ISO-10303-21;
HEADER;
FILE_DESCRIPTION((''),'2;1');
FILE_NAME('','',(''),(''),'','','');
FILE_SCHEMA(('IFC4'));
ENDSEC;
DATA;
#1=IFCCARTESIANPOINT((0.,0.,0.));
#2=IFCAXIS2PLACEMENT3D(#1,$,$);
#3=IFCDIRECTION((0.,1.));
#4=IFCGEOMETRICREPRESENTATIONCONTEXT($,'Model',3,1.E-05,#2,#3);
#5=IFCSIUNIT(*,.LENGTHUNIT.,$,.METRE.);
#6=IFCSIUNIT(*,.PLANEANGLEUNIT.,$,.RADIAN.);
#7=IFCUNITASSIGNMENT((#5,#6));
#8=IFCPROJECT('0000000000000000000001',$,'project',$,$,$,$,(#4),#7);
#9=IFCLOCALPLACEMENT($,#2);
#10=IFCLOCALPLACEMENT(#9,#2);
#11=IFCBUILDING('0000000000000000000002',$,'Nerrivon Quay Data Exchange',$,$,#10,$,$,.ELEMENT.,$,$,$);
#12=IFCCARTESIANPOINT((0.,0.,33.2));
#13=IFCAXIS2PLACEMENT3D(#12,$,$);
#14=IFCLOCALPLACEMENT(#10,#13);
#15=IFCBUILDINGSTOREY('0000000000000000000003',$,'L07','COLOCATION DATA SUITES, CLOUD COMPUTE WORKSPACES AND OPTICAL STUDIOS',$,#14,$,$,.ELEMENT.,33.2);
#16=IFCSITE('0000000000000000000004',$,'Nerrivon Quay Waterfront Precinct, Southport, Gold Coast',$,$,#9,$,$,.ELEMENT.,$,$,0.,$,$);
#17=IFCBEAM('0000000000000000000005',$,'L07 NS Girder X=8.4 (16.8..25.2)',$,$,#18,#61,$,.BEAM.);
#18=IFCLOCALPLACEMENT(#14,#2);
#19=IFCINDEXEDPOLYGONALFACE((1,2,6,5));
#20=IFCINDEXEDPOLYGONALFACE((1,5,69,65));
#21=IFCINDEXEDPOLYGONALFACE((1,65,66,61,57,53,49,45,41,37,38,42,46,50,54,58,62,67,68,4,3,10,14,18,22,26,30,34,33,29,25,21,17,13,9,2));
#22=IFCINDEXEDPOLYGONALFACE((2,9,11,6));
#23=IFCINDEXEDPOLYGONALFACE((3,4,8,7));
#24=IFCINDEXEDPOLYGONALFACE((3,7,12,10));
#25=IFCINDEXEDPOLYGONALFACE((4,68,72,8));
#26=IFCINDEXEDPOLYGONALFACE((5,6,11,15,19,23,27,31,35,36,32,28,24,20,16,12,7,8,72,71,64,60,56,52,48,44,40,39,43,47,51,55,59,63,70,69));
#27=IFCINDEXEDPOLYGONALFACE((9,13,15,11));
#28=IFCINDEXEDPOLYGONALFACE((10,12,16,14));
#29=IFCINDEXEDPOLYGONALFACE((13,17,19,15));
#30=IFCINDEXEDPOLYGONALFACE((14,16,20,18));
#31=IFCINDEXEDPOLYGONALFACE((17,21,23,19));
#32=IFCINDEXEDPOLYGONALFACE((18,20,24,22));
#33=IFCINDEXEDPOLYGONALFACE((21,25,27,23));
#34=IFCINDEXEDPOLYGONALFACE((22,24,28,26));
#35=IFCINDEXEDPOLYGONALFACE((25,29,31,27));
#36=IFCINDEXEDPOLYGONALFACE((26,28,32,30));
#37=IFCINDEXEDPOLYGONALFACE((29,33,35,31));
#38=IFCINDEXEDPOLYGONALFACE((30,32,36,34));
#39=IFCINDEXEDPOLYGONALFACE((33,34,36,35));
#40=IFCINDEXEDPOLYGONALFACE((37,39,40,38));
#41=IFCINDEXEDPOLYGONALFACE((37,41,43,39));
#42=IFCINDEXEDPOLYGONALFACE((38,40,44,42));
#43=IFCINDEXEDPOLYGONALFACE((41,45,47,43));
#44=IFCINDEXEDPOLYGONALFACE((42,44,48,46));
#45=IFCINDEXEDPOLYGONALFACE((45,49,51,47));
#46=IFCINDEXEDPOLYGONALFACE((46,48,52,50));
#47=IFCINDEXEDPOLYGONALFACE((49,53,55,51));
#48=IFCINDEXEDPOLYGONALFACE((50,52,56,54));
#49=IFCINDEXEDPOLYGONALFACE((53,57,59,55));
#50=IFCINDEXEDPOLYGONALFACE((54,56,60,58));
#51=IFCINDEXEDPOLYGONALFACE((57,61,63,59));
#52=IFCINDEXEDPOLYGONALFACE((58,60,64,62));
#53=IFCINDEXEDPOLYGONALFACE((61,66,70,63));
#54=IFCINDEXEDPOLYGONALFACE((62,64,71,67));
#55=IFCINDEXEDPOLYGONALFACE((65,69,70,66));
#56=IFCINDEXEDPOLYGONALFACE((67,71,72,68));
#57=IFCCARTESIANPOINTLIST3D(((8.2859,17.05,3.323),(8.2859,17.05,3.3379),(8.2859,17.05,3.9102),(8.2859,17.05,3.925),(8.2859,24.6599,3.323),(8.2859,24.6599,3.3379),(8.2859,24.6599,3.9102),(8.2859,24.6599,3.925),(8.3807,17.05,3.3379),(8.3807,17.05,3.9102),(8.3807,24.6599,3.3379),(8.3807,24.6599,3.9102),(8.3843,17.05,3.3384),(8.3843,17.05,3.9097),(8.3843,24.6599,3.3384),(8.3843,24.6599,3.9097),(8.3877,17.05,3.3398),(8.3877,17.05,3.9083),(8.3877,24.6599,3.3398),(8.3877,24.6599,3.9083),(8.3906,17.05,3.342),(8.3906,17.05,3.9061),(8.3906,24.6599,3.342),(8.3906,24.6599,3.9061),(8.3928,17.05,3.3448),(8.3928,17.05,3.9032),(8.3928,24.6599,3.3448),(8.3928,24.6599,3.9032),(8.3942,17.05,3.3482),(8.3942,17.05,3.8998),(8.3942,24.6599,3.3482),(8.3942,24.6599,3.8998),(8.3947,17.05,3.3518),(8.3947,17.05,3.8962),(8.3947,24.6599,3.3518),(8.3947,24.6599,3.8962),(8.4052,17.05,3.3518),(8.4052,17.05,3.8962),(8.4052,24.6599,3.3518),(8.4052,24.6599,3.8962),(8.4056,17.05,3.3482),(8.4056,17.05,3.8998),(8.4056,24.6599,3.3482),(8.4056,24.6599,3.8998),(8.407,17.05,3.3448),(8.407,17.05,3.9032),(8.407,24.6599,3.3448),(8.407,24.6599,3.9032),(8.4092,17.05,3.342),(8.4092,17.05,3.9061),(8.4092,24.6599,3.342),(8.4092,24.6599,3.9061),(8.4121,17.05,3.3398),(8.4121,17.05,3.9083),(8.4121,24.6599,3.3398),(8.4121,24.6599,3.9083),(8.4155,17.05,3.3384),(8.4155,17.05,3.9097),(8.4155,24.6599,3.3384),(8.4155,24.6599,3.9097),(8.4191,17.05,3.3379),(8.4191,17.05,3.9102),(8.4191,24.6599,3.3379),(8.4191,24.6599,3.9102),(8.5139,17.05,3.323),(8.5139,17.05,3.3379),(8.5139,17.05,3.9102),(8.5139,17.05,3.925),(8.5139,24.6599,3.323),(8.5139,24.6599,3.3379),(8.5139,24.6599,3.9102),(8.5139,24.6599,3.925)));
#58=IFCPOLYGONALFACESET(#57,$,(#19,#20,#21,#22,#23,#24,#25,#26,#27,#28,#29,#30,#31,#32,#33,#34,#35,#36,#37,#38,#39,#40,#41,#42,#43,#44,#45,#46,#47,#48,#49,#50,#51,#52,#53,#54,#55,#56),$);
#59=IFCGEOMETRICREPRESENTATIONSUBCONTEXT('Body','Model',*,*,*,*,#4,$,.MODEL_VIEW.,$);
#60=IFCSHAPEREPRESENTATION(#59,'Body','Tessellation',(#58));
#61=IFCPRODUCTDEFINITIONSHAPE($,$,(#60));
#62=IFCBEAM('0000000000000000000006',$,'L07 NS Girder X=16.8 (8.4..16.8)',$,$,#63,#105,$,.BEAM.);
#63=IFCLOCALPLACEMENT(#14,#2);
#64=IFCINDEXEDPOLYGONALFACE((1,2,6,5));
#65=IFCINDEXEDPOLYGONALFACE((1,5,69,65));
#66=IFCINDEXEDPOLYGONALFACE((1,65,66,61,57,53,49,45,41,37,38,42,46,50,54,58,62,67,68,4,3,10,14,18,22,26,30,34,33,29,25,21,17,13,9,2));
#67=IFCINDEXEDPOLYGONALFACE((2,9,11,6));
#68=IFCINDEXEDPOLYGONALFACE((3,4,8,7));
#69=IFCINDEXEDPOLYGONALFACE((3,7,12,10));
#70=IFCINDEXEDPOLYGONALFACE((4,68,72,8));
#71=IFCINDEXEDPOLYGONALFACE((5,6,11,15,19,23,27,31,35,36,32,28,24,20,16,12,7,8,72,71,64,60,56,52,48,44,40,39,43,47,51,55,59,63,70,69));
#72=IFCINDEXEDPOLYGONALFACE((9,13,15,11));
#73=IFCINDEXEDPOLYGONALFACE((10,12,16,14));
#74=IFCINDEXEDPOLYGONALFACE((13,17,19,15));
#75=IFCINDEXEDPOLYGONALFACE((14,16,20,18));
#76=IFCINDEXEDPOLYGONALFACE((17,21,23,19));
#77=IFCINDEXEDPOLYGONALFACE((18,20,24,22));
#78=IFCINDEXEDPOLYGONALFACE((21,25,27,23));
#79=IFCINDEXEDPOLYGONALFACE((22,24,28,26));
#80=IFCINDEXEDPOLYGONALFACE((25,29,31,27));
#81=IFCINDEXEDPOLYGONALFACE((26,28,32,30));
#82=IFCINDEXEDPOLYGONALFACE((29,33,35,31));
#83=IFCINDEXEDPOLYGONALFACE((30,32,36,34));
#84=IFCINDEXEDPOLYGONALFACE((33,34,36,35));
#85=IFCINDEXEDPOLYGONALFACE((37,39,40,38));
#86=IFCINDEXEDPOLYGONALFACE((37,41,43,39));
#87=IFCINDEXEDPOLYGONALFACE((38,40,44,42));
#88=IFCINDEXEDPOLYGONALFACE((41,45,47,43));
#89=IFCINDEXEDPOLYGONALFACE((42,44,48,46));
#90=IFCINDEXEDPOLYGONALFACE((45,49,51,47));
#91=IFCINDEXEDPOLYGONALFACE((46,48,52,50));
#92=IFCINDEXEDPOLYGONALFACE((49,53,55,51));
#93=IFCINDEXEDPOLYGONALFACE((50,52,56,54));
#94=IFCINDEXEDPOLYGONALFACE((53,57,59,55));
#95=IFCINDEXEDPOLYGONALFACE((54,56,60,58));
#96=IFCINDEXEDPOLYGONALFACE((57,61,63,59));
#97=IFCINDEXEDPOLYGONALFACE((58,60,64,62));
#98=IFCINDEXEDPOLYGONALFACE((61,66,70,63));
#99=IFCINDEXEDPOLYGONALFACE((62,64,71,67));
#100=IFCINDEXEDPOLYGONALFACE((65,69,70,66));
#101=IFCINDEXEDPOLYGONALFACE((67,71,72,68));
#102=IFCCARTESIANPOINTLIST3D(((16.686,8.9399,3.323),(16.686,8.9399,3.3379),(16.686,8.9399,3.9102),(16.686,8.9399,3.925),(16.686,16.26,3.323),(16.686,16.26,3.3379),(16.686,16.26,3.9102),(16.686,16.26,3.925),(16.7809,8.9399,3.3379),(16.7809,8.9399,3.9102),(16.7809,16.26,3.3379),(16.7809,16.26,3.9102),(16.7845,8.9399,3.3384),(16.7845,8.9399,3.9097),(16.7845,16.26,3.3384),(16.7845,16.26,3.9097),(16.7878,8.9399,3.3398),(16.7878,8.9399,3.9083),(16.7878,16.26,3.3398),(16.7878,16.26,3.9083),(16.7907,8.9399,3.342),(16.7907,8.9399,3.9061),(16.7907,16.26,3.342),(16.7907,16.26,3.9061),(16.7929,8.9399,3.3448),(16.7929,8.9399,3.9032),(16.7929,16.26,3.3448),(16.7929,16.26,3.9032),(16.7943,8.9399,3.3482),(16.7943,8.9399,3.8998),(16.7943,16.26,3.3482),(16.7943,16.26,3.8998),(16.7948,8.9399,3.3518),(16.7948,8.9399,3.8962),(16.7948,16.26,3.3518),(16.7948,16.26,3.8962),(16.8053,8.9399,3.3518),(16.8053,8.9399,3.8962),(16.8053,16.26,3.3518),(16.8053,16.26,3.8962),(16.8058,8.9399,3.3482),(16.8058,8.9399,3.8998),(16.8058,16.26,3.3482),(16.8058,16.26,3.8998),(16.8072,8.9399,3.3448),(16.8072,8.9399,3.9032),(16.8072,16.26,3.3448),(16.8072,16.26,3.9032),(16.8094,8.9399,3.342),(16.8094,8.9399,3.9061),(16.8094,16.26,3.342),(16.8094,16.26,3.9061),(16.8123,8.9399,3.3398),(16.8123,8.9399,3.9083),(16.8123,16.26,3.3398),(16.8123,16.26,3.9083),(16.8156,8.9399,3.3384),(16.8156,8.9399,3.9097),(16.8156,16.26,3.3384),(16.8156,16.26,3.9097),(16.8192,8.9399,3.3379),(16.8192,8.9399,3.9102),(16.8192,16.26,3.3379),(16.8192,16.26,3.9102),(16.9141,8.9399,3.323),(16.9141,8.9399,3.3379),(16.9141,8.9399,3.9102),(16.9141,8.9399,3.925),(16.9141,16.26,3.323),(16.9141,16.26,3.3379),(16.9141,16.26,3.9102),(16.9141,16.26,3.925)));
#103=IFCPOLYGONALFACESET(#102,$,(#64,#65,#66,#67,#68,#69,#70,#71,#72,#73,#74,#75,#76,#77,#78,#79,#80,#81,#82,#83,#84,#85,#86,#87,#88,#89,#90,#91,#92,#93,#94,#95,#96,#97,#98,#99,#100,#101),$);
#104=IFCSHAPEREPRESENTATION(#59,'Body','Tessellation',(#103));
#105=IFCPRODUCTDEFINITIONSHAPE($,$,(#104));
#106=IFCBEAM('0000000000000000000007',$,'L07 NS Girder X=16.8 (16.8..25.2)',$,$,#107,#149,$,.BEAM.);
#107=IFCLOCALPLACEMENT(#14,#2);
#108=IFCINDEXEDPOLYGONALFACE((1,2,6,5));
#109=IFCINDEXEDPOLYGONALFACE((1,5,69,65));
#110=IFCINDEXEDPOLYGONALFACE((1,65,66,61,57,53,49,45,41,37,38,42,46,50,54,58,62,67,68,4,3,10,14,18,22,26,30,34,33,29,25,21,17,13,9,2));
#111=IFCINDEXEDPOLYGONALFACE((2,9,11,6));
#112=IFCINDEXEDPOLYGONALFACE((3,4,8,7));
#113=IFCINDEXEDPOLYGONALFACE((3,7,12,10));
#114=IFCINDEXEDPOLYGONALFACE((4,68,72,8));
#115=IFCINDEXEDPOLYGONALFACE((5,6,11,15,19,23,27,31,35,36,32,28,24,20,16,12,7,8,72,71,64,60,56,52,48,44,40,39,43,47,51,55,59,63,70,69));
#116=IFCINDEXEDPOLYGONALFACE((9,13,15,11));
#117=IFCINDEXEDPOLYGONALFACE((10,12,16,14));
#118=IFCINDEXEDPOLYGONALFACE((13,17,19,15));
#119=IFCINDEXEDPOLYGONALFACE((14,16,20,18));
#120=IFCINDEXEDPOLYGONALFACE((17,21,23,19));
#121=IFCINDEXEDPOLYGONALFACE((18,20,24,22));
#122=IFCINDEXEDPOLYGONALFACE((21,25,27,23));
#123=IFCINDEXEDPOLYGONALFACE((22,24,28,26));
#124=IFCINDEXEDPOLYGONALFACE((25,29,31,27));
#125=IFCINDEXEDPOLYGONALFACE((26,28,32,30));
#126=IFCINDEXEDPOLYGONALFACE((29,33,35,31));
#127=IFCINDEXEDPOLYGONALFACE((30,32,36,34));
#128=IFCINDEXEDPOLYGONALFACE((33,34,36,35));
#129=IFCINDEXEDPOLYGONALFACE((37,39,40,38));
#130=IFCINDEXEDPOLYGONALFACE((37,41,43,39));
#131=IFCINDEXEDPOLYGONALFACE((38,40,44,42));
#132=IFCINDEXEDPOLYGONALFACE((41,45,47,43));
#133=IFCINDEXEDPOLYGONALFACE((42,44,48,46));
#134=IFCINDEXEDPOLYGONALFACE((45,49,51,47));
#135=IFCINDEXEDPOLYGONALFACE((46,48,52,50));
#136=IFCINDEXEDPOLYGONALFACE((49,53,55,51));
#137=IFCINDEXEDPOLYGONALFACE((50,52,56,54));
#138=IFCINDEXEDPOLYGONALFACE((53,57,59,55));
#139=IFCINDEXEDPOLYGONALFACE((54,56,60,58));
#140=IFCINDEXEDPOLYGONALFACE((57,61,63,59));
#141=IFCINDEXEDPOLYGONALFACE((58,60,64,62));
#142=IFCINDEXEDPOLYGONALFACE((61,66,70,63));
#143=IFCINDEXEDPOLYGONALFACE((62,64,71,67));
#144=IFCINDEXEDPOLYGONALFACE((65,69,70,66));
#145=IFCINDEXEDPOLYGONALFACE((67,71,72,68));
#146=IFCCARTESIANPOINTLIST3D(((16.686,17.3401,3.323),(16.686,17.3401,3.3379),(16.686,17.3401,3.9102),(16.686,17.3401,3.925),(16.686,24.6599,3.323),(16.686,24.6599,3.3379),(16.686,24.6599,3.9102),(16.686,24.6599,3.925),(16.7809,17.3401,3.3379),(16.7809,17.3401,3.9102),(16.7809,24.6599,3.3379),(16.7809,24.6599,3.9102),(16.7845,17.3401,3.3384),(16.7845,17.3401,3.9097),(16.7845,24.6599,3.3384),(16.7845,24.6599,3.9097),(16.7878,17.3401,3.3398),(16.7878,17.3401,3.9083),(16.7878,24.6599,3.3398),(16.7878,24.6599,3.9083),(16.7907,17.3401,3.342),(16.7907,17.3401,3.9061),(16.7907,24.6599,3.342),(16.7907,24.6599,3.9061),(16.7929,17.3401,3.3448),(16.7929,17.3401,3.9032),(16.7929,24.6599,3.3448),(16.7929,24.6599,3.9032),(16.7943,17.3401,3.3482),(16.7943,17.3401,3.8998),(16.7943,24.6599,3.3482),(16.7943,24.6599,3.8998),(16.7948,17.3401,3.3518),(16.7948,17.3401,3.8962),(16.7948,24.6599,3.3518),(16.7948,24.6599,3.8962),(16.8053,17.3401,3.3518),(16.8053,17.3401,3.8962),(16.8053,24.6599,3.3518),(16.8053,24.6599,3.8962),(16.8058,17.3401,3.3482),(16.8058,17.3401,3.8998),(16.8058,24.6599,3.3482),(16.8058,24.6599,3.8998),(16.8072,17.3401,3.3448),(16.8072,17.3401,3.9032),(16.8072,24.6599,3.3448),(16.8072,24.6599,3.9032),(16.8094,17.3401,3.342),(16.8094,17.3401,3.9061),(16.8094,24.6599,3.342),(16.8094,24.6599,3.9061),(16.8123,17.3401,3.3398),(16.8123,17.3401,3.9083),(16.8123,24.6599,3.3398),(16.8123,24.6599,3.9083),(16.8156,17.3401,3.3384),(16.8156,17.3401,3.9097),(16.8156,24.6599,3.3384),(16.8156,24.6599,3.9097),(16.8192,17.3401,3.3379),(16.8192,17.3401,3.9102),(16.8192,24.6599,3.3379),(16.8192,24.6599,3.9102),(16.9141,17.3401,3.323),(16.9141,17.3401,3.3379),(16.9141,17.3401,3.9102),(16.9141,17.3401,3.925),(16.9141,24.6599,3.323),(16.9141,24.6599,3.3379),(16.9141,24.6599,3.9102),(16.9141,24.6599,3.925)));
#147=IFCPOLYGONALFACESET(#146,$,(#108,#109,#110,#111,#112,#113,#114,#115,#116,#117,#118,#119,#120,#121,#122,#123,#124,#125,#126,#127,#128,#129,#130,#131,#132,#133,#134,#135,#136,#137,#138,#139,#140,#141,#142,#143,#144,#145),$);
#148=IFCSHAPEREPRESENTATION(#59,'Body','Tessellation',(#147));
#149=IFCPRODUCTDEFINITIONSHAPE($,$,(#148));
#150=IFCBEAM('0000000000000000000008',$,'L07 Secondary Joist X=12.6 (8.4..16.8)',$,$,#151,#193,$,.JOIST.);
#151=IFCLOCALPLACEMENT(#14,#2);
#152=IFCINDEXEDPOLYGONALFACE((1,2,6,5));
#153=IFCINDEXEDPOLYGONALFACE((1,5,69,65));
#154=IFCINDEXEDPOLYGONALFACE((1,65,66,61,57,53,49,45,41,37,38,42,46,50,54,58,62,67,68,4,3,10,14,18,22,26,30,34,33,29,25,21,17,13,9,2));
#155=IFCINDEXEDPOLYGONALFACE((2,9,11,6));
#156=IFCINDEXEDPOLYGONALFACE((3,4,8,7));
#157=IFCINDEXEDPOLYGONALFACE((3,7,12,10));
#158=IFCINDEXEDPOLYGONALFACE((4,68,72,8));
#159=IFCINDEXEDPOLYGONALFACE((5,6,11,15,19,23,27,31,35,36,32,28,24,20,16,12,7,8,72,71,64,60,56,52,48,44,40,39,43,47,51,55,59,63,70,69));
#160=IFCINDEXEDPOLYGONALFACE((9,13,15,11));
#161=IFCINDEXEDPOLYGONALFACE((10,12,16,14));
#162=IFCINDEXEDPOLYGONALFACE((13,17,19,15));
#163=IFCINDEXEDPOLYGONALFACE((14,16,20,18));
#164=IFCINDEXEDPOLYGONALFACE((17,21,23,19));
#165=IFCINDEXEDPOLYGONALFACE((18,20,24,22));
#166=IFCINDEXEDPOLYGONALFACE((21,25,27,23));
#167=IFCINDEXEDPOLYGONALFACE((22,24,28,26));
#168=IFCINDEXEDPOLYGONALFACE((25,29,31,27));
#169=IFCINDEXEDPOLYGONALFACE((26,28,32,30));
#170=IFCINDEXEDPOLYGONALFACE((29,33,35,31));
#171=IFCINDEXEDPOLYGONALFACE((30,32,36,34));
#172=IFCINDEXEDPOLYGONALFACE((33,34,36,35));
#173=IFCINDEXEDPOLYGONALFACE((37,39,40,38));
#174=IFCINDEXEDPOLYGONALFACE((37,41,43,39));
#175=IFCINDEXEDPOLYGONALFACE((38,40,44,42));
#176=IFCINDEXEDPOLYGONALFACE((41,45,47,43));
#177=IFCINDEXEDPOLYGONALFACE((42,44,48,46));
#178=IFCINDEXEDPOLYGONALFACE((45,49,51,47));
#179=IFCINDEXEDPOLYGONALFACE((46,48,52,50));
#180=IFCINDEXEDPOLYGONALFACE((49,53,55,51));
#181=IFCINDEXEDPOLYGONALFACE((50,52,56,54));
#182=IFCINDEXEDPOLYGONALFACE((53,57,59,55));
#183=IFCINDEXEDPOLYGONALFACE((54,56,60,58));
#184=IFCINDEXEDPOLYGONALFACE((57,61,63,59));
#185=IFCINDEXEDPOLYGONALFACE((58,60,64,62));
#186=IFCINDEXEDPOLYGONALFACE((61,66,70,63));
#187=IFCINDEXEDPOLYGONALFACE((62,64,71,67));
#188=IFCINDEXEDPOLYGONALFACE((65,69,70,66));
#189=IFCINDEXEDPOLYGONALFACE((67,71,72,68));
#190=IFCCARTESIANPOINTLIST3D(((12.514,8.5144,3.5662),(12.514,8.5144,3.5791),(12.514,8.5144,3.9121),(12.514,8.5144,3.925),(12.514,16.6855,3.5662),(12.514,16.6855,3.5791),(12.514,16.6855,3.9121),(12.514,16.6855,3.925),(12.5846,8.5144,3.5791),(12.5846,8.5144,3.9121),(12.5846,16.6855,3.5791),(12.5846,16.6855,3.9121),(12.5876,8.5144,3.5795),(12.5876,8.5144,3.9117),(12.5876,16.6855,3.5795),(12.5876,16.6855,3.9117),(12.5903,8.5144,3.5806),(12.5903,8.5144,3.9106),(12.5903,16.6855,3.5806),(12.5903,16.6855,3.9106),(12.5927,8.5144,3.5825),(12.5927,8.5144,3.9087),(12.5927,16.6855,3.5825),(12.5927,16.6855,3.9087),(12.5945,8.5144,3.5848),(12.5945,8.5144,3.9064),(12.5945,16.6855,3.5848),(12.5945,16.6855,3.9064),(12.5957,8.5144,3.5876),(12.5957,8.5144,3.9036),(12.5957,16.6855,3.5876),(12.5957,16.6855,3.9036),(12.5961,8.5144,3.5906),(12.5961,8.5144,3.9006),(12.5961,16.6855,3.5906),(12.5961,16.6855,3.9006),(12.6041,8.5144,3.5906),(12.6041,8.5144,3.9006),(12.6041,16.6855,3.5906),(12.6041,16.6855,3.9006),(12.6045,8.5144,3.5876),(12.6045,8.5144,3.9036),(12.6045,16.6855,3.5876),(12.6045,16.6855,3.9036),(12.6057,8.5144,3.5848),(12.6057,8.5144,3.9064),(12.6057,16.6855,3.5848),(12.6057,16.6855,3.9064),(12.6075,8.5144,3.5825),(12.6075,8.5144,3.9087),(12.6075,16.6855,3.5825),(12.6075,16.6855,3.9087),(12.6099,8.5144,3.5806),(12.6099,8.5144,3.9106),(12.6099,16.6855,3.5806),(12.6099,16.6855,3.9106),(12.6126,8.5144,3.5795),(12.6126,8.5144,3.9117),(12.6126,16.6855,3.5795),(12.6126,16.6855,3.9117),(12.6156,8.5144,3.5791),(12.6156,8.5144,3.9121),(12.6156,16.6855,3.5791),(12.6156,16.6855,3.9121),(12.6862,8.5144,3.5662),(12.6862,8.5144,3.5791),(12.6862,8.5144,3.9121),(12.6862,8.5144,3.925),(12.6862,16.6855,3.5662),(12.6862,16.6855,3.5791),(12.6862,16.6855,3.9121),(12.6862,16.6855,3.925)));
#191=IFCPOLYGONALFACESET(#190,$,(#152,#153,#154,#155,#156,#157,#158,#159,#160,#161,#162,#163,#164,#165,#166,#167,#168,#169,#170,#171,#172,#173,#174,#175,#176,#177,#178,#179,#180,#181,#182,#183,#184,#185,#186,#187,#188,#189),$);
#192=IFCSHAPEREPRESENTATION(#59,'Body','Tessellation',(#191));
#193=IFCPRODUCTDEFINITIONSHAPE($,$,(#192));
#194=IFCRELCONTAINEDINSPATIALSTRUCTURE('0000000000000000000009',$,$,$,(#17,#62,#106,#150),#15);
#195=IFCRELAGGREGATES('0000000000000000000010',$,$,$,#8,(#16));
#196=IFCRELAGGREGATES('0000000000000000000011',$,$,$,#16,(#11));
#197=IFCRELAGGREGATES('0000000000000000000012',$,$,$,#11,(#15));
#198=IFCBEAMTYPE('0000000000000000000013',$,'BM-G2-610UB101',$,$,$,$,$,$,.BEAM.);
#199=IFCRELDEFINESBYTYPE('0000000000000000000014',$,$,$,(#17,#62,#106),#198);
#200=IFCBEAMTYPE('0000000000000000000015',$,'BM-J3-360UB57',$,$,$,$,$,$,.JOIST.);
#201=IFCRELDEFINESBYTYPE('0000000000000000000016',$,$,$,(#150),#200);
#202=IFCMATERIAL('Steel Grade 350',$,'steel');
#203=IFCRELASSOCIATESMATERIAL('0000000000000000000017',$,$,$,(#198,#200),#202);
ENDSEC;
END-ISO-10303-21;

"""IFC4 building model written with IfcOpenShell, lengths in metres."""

from ifc_helpers import new_model, si_unit, direction, frame, origin, origin_2d, place, context, subcontext, project, spatial, i_section, extrude, material, material_profile, profile_set, type_object, element, save


model = new_model("IFC4")

# Units and contexts
model_context = context("Model", 3, precision=1e-05, world=origin(), true_north=direction((0.0, 1.0)))
body_context = subcontext(model_context, "Body", "Model", "MODEL_VIEW")
ifc_project = project(units=[si_unit("LENGTHUNIT", "METRE"), si_unit("PLANEANGLEUNIT", "RADIAN")], contexts=[model_context])

# Site, building, storey
site_placement = place(None, origin())
site = spatial("IfcSite", under=ifc_project, at=site_placement, Name="Nerrivon Quay Waterfront Precinct, Southport, Gold Coast", CompositionType="ELEMENT", RefElevation=0.0)
building_placement = place(site_placement, origin())
building = spatial("IfcBuilding", under=site, at=building_placement, Name="Nerrivon Quay Data Exchange", CompositionType="ELEMENT")
storey_placement = place(building_placement, frame((0.0, 0.0, 33.2)))
storey = spatial("IfcBuildingStorey", under=building, at=storey_placement, Name="L07", Description="COLOCATION DATA SUITES, CLOUD COMPUTE WORKSPACES AND OPTICAL STUDIOS", CompositionType="ELEMENT", Elevation=33.2)

# Shared definitions
ifc_material_1 = material(Name="Steel Grade 350", Category="steel")

# Beams
ifc_material_profile_1 = material_profile(ifc_material_1, i_section(OverallWidth=0.228, OverallDepth=0.6021, WebThickness=0.0105, FlangeThickness=0.0149, FilletRadius=0.0139, at=origin_2d()), Name="610UB101")
ifc_profile_set_1 = profile_set([ifc_material_profile_1], Name="Steel Grade 350")
beam_type_1 = type_object("IfcBeamType", Name="BM-G2-610UB101", PredefinedType="BEAM", material=ifc_profile_set_1)
beam_1_placement = place(storey_placement, frame((8.3999, 17.05, 3.624), z_axis=(0.0, 1.0, 0.0), x_axis=(-1.0, 0.0, 0.0)))
element("IfcBeam", 1, at=beam_1_placement, inside=storey, type_object=beam_type_1, Name="L07 NS Girder X=8.4 (16.8..25.2)", PredefinedType="BEAM", context=body_context, shape_type="SweptSolid", body=[
    extrude(i_section(OverallWidth=0.228, OverallDepth=0.6021, WebThickness=0.0105, FlangeThickness=0.0149, FilletRadius=0.0139, at=origin_2d()), origin(), (0.0, 0.0, 1.0), 7.6099),
])
beam_2_placement = place(storey_placement, frame((16.8, 8.9399, 3.624), z_axis=(0.0, 1.0, 0.0), x_axis=(-1.0, 0.0, 0.0)))
element("IfcBeam", 2, at=beam_2_placement, inside=storey, type_object=beam_type_1, Name="L07 NS Girder X=16.8 (8.4..16.8)", PredefinedType="BEAM", context=body_context, shape_type="SweptSolid", body=[
    extrude(i_section(OverallWidth=0.228, OverallDepth=0.6021, WebThickness=0.0105, FlangeThickness=0.0149, FilletRadius=0.0139, at=origin_2d()), origin(), (0.0, 0.0, 1.0), 7.3201),
])
beam_3_placement = place(storey_placement, frame((16.8, 17.3401, 3.624), z_axis=(0.0, 1.0, 0.0), x_axis=(-1.0, 0.0, 0.0)))
element("IfcBeam", 3, at=beam_3_placement, inside=storey, type_object=beam_type_1, Name="L07 NS Girder X=16.8 (16.8..25.2)", PredefinedType="BEAM", context=body_context, shape_type="SweptSolid", body=[
    extrude(i_section(OverallWidth=0.228, OverallDepth=0.6021, WebThickness=0.0105, FlangeThickness=0.0149, FilletRadius=0.0139, at=origin_2d()), origin(), (0.0, 0.0, 1.0), 7.3198),
])
ifc_material_profile_2 = material_profile(ifc_material_1, i_section(OverallWidth=0.1721, OverallDepth=0.3589, WebThickness=0.0081, FlangeThickness=0.0129, FilletRadius=0.0115, at=origin_2d()), Name="360UB56.7")
ifc_profile_set_2 = profile_set([ifc_material_profile_2], Name="Steel Grade 350")
beam_type_2 = type_object("IfcBeamType", Name="BM-J3-360UB57", PredefinedType="JOIST", material=ifc_profile_set_2)
beam_4_placement = place(storey_placement, frame((12.6001, 8.5144, 3.7456), z_axis=(0.0, 1.0, 0.0), x_axis=(-1.0, 0.0, 0.0)))
element("IfcBeam", 4, at=beam_4_placement, inside=storey, type_object=beam_type_2, Name="L07 Secondary Joist X=12.6 (8.4..16.8)", PredefinedType="JOIST", context=body_context, shape_type="SweptSolid", body=[
    extrude(i_section(OverallWidth=0.1721, OverallDepth=0.3589, WebThickness=0.0081, FlangeThickness=0.0129, FilletRadius=0.0115, at=origin_2d()), origin(), (0.0, 0.0, 1.0), 8.1711),
])

save(model, "model.ifc")
